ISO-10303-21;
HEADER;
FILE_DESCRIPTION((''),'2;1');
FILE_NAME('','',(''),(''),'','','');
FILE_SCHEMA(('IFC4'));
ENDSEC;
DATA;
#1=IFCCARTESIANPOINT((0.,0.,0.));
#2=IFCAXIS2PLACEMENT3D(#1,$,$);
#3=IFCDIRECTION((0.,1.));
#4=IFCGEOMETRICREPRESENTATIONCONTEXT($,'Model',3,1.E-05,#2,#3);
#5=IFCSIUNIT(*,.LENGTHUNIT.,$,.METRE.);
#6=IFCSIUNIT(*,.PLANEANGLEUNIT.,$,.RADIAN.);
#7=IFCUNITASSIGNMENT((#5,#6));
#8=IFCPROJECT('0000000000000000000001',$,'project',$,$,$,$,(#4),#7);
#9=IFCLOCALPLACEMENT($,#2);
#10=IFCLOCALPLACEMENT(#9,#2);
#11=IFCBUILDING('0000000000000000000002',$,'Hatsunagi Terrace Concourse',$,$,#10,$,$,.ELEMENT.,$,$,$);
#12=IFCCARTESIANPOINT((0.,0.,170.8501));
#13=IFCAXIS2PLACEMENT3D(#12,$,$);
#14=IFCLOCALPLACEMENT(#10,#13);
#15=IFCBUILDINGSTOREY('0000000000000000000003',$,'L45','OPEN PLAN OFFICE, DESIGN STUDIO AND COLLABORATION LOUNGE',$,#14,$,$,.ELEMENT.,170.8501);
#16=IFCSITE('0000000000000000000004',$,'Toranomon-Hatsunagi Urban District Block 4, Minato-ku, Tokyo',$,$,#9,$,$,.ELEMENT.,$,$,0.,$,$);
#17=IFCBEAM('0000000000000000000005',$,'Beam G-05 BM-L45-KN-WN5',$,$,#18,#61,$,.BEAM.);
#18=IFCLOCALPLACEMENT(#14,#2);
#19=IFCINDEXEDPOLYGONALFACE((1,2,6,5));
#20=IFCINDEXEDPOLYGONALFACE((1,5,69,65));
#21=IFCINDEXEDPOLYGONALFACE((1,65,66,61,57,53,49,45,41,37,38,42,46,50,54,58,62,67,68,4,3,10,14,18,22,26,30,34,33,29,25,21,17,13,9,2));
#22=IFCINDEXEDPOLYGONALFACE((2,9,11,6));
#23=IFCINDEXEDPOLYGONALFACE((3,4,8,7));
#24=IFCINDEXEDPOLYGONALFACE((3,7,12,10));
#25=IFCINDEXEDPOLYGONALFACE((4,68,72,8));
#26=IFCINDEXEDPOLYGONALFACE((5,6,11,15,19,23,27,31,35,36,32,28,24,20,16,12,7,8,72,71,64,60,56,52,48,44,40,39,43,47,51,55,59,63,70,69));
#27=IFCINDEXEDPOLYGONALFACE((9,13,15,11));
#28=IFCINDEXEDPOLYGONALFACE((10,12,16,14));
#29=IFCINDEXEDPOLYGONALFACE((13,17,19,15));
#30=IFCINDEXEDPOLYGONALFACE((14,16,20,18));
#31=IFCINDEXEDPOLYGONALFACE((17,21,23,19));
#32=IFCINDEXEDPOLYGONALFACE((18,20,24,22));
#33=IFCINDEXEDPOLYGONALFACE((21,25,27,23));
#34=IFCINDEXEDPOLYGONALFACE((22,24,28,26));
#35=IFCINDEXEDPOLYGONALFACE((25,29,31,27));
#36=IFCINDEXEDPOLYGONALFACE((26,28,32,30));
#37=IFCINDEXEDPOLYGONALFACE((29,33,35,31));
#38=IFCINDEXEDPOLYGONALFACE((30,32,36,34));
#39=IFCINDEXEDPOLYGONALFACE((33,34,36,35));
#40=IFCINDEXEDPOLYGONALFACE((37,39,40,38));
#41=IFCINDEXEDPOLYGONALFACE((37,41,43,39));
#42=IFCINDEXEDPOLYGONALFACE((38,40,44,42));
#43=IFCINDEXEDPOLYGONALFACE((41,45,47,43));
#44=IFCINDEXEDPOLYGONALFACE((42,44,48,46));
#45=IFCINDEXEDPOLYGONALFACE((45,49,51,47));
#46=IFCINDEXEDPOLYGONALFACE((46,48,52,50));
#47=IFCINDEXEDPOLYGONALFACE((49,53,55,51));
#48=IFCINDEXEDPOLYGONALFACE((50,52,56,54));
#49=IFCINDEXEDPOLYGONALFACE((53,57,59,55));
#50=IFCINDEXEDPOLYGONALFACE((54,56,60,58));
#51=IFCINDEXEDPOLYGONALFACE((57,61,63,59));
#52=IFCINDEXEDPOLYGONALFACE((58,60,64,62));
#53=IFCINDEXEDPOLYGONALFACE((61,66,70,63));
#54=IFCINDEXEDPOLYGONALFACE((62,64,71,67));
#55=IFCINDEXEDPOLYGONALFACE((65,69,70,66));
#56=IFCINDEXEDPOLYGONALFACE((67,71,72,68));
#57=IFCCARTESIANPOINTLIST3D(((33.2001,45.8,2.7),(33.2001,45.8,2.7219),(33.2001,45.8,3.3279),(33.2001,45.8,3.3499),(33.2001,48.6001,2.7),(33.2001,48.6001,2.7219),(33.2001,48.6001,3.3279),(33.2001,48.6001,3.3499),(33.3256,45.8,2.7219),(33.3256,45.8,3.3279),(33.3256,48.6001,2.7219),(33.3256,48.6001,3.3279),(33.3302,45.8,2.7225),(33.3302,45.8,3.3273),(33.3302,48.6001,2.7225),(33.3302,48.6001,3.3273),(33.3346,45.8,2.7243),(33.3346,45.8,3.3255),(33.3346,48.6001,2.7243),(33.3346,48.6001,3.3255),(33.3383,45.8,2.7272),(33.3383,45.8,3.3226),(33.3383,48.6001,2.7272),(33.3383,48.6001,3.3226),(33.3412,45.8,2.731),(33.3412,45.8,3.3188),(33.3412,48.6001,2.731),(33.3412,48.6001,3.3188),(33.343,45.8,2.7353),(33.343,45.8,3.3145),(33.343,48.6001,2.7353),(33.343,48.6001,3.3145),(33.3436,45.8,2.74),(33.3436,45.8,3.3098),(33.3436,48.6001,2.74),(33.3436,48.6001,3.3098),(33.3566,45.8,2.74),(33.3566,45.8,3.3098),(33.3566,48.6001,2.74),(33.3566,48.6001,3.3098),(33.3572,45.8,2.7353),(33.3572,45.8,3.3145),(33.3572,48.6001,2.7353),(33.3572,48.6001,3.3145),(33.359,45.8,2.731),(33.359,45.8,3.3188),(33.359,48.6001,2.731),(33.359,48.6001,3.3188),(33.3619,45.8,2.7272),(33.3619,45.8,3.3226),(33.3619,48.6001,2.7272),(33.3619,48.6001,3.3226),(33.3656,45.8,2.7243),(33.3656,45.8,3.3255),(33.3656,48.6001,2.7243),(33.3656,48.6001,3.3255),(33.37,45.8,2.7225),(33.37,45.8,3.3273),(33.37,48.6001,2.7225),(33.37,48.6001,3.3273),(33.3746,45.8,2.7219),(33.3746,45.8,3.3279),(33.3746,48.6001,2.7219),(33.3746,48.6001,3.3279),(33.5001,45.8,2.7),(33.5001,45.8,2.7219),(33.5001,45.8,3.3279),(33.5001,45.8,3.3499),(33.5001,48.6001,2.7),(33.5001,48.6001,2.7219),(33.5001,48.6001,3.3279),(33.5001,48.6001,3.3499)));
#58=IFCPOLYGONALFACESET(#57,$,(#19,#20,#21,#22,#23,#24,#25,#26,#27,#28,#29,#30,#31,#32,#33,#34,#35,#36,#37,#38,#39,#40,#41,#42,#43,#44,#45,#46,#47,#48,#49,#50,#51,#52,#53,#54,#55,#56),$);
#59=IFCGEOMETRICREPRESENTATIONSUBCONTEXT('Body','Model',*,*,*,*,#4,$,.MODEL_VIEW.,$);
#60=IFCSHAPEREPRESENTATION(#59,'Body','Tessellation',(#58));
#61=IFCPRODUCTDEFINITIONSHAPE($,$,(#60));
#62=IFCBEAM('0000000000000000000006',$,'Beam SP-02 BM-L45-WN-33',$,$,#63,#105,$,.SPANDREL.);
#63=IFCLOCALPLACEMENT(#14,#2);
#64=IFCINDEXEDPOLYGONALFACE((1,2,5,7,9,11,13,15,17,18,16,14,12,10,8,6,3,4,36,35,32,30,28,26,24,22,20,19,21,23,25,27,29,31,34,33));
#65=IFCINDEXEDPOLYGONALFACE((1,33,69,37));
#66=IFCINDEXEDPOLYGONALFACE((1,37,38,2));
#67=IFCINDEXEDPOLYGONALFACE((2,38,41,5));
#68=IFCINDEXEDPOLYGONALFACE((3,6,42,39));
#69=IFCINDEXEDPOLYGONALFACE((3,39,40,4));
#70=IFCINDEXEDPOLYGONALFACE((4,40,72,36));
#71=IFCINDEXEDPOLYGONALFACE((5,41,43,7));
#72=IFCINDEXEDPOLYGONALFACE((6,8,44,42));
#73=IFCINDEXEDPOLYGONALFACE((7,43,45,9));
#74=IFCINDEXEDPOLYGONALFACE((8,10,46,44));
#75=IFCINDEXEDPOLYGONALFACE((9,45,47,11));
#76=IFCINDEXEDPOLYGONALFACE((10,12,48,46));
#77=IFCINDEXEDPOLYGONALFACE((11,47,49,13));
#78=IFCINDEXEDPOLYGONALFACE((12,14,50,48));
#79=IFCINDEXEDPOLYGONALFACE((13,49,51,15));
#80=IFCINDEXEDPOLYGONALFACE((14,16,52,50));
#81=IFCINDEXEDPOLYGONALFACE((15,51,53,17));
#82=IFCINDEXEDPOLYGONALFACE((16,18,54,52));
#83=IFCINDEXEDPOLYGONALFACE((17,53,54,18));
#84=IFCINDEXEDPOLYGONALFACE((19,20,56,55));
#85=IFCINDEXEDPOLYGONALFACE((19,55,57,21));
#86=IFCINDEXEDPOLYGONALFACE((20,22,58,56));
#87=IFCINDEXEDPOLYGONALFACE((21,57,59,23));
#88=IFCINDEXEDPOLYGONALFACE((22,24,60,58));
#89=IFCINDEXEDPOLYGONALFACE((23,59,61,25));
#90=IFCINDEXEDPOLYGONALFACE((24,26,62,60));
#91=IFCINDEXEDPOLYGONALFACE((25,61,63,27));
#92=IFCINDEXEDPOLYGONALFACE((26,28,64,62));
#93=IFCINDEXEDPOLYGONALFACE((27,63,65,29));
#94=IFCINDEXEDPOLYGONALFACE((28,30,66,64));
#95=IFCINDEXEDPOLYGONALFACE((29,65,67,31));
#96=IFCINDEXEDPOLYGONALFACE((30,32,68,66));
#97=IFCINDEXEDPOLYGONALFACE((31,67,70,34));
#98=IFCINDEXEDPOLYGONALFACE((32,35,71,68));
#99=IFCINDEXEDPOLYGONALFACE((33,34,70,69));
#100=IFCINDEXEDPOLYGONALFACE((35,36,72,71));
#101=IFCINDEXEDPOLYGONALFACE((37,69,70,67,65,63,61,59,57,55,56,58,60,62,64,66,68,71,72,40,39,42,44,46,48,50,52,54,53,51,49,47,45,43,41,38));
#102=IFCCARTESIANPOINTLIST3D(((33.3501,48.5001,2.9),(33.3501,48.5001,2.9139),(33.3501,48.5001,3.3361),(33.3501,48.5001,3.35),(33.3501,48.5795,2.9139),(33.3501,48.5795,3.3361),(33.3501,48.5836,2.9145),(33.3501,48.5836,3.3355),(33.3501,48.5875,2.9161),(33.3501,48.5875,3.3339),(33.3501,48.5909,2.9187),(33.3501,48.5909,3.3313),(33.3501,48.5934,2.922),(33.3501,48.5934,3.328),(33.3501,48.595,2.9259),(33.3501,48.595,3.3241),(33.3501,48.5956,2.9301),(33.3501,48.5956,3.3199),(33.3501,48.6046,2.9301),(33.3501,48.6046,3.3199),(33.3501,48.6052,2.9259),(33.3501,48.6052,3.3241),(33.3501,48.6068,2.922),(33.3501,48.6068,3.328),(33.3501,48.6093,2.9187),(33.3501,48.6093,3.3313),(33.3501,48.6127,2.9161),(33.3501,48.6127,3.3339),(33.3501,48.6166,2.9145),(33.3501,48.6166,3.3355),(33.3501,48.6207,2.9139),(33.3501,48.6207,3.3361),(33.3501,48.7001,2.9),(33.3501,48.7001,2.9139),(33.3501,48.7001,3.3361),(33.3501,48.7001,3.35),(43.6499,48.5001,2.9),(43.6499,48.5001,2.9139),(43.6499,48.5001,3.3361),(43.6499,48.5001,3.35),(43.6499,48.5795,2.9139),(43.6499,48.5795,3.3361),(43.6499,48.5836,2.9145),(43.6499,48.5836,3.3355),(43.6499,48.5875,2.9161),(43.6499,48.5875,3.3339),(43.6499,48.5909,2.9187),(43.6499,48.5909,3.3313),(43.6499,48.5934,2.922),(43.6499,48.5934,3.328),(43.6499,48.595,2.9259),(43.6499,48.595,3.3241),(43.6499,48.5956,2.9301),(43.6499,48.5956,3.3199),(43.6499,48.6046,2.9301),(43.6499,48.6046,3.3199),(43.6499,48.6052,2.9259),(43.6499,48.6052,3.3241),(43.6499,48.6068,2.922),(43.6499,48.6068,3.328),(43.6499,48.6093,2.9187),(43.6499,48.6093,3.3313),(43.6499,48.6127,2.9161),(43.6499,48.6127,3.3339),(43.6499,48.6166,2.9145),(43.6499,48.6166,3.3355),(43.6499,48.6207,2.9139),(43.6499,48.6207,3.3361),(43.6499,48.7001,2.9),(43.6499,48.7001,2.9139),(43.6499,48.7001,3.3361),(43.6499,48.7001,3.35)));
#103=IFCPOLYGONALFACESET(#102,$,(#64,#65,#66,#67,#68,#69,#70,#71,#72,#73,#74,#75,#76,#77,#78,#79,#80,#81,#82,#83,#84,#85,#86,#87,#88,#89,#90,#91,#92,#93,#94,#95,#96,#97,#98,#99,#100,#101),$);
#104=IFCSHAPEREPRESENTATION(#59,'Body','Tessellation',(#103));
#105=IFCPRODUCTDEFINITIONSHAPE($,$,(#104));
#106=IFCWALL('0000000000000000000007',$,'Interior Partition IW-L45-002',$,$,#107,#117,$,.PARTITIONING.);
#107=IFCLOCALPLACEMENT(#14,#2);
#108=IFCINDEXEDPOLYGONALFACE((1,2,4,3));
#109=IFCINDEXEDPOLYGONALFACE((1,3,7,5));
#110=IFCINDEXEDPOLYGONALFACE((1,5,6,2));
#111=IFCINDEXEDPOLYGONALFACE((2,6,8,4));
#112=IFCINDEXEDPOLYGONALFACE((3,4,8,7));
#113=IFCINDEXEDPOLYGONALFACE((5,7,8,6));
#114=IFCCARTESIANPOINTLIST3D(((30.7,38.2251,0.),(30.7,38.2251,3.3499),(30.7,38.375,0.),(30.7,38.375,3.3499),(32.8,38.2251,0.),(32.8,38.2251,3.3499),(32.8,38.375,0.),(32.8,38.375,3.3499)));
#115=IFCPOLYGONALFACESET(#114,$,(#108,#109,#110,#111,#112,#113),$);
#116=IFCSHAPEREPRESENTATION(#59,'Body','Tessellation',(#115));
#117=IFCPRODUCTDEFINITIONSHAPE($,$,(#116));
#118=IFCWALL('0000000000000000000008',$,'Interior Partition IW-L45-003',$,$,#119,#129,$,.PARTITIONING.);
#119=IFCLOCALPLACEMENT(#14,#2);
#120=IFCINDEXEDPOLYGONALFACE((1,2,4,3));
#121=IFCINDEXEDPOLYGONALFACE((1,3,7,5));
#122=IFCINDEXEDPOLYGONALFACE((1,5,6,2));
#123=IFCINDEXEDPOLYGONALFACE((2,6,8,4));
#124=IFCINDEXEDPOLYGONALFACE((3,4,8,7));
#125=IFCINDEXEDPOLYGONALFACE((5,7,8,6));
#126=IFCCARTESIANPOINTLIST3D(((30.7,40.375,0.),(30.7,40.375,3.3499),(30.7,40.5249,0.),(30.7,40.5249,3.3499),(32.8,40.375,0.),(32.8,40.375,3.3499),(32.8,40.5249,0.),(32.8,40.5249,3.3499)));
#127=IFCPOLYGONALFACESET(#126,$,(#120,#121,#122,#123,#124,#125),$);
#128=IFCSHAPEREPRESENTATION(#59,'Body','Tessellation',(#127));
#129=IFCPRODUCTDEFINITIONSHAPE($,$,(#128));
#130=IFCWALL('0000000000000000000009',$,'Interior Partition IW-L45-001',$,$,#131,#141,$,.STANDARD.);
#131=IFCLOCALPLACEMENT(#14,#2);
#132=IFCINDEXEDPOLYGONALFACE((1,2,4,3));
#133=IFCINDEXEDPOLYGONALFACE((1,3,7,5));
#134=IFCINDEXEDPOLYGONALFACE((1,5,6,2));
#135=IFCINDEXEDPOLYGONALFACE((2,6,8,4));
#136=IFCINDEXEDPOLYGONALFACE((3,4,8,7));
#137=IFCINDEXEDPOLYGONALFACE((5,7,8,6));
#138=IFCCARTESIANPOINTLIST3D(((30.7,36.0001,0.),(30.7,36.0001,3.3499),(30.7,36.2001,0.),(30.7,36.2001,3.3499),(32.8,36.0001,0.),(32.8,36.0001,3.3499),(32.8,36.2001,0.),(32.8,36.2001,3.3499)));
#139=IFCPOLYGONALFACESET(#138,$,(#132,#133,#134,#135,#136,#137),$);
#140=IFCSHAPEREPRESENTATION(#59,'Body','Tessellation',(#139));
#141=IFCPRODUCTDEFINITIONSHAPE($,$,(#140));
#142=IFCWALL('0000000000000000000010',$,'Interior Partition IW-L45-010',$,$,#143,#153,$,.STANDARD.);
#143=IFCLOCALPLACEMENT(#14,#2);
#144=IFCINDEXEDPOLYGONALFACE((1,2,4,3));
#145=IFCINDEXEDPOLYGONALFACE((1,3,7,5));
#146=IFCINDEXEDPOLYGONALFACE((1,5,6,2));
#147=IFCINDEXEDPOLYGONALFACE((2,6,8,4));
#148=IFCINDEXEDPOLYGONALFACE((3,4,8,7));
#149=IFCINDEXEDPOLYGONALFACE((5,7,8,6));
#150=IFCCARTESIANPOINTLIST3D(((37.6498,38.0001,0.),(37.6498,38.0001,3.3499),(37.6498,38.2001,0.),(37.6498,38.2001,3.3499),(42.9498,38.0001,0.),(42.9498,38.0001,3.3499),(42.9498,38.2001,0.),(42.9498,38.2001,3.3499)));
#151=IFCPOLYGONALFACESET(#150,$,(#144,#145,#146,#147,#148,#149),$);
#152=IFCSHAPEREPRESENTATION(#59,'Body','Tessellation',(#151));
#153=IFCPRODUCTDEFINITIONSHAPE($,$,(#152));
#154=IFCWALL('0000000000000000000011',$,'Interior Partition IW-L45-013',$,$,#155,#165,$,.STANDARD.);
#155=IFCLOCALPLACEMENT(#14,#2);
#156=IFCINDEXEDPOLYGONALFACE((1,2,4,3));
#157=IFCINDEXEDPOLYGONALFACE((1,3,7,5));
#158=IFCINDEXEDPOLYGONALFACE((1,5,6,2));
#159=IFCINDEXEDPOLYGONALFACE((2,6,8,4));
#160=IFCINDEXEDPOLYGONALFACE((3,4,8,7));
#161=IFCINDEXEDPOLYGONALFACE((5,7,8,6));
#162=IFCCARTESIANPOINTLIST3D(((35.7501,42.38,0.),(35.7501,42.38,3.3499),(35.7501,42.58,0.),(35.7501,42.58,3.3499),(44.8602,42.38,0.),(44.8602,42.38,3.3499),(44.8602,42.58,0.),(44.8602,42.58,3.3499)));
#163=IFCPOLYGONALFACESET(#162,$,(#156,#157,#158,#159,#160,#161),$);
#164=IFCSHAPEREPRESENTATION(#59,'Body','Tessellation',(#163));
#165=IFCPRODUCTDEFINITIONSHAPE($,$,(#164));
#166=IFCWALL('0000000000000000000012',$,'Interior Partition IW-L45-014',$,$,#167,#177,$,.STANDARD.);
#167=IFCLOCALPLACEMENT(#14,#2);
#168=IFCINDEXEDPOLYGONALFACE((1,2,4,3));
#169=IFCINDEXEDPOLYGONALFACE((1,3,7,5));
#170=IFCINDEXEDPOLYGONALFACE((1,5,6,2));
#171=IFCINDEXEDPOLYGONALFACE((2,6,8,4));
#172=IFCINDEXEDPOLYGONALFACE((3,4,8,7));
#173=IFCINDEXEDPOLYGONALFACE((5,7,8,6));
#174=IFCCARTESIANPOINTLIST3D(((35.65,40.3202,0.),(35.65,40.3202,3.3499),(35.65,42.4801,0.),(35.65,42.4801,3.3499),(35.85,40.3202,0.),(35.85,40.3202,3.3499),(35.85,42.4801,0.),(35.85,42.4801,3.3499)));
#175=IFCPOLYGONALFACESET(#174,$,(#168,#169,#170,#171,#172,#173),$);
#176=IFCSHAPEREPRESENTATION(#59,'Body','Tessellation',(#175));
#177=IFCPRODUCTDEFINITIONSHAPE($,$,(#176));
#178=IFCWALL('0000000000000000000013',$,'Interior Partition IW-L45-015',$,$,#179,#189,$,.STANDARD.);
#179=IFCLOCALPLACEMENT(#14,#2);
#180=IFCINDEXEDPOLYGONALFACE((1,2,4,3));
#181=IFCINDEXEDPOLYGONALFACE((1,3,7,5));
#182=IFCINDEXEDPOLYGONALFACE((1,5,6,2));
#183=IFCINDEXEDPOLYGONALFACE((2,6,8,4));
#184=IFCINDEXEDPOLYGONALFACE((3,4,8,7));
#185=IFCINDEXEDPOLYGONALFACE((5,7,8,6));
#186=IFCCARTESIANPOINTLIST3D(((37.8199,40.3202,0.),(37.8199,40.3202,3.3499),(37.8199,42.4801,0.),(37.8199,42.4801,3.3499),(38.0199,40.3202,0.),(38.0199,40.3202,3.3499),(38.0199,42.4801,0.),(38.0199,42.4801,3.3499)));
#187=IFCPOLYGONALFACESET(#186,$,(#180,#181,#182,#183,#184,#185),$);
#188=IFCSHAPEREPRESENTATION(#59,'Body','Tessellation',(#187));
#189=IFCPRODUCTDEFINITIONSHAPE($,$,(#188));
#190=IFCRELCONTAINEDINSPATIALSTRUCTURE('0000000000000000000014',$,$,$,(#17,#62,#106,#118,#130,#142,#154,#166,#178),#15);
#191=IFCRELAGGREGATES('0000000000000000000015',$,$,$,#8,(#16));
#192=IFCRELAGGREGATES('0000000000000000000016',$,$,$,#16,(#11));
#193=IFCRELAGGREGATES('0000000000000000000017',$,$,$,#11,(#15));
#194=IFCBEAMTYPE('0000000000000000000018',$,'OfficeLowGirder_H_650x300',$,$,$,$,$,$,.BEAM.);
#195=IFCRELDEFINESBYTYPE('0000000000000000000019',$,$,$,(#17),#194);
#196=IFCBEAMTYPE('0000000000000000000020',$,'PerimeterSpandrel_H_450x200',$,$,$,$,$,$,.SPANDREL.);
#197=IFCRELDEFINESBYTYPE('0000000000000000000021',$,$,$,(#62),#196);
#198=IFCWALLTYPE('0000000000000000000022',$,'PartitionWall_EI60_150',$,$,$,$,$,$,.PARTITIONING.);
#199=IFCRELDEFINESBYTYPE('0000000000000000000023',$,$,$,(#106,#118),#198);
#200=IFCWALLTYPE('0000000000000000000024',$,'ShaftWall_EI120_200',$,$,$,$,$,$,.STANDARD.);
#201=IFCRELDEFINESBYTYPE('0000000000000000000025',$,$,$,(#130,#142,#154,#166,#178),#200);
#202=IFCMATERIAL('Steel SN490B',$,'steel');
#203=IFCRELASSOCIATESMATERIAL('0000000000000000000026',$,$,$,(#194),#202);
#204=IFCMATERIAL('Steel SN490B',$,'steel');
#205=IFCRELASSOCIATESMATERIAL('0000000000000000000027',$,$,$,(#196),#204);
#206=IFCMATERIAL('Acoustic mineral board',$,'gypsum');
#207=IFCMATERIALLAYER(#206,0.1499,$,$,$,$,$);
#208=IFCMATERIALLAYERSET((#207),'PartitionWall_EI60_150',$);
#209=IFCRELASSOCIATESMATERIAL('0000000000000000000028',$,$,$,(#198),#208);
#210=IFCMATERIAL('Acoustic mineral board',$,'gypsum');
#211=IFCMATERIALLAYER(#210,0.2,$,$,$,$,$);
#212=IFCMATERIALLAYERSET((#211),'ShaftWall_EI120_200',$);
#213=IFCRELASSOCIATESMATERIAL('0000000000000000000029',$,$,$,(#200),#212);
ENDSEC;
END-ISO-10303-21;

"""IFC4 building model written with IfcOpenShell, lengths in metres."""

from ifc_helpers import new_model, si_unit, direction, frame, frame_2d, origin, origin_2d, place, context, subcontext, project, spatial, rectangle, i_section, extrude, material, layer, layer_set, material_profile, profile_set, type_object, element, save


model = new_model("IFC4")

# Units and contexts
model_context = context("Model", 3, precision=1e-05, world=origin(), true_north=direction((0.0, 1.0)))
body_context = subcontext(model_context, "Body", "Model", "MODEL_VIEW")
ifc_project = project(units=[si_unit("LENGTHUNIT", "METRE"), si_unit("PLANEANGLEUNIT", "RADIAN")], contexts=[model_context])

# Site, building, storey
site_placement = place(None, origin())
site = spatial("IfcSite", under=ifc_project, at=site_placement, Name="Toranomon-Hatsunagi Urban District Block 4, Minato-ku, Tokyo", CompositionType="ELEMENT", RefElevation=0.0)
building_placement = place(site_placement, origin())
building = spatial("IfcBuilding", under=site, at=building_placement, Name="Hatsunagi Terrace Concourse", CompositionType="ELEMENT")
storey_placement = place(building_placement, frame((0.0, 0.0, 170.8501)))
storey = spatial("IfcBuildingStorey", under=building, at=storey_placement, Name="L45", Description="OPEN PLAN OFFICE, DESIGN STUDIO AND COLLABORATION LOUNGE", CompositionType="ELEMENT", Elevation=170.8501)

# Beams
ifc_material_1 = material(Name="Steel SN490B", Category="steel")
ifc_material_profile_1 = material_profile(ifc_material_1, i_section(OverallWidth=0.3, OverallDepth=0.6499, WebThickness=0.0129, FlangeThickness=0.022, FilletRadius=0.0181, at=origin_2d()), Name="H-650x300x13x22")
ifc_profile_set_1 = profile_set([ifc_material_profile_1], Name="Steel SN490B")
beam_type_1 = type_object("IfcBeamType", Name="OfficeLowGirder_H_650x300", PredefinedType="BEAM", material=ifc_profile_set_1)
beam_1_placement = place(storey_placement, frame((33.3501, 45.8, 3.0249), z_axis=(0.0, 1.0, 0.0), x_axis=(-1.0, 0.0, 0.0)))
element("IfcBeam", 1, at=beam_1_placement, inside=storey, type_object=beam_type_1, Name="Beam G-05 BM-L45-KN-WN5", PredefinedType="BEAM", context=body_context, shape_type="SweptSolid", body=[
    extrude(i_section(OverallWidth=0.3, OverallDepth=0.6499, WebThickness=0.0129, FlangeThickness=0.022, FilletRadius=0.0181, at=origin_2d()), origin(), (0.0, 0.0, 1.0), 2.8),
])
ifc_material_2 = material(Name="Steel SN490B", Category="steel")
ifc_material_profile_2 = material_profile(ifc_material_2, i_section(OverallWidth=0.2, OverallDepth=0.45, WebThickness=0.009, FlangeThickness=0.0139, FilletRadius=0.0161, at=origin_2d()), Name="H-450x200x9x14")
ifc_profile_set_2 = profile_set([ifc_material_profile_2], Name="Steel SN490B")
beam_type_2 = type_object("IfcBeamType", Name="PerimeterSpandrel_H_450x200", PredefinedType="SPANDREL", material=ifc_profile_set_2)
beam_2_placement = place(storey_placement, frame((33.3501, 48.6001, 3.125), z_axis=(1.0, 0.0, 0.0), x_axis=(0.0, 1.0, 0.0)))
element("IfcBeam", 2, at=beam_2_placement, inside=storey, type_object=beam_type_2, Name="Beam SP-02 BM-L45-WN-33", PredefinedType="SPANDREL", context=body_context, shape_type="SweptSolid", body=[
    extrude(i_section(OverallWidth=0.2, OverallDepth=0.45, WebThickness=0.009, FlangeThickness=0.0139, FilletRadius=0.0161, at=origin_2d()), origin(), (0.0, 0.0, 1.0), 10.2998),
])

# Walls
ifc_material_3 = material(Name="Acoustic mineral board", Category="gypsum")
ifc_layer_1 = layer(ifc_material_3, 0.1499)
ifc_layer_set_1 = layer_set([ifc_layer_1], Name="PartitionWall_EI60_150")
wall_type_1 = type_object("IfcWallType", Name="PartitionWall_EI60_150", PredefinedType="PARTITIONING", material=ifc_layer_set_1)
for number, where, z_axis, x_axis, name in (
    (3, (30.7, 38.3, 0.0), (0.0, 0.0, 1.0), (1.0, 0.0, 0.0), "Interior Partition IW-L45-002"),
    (4, (30.7, 40.45, 0.0), (0.0, 0.0, 1.0), (1.0, 0.0, 0.0), "Interior Partition IW-L45-003"),
):
    element("IfcWall", number, at=place(storey_placement, frame(where, z_axis=z_axis, x_axis=x_axis)), inside=storey, type_object=wall_type_1, Name=name, PredefinedType="PARTITIONING", context=body_context, shape_type="SweptSolid", body=[
        extrude(rectangle(XDim=2.1001, YDim=0.1499, at=frame_2d((1.05, 0.0))), origin(), (0.0, 0.0, 1.0), 3.3499),
    ])
ifc_material_4 = material(Name="Acoustic mineral board", Category="gypsum")
ifc_layer_2 = layer(ifc_material_4, 0.2)
ifc_layer_set_2 = layer_set([ifc_layer_2], Name="ShaftWall_EI120_200")
wall_type_2 = type_object("IfcWallType", Name="ShaftWall_EI120_200", PredefinedType="STANDARD", material=ifc_layer_set_2)
wall_1_placement = place(storey_placement, frame((30.7, 36.1001, 0.0), z_axis=(0.0, 0.0, 1.0), x_axis=(1.0, 0.0, 0.0)))
element("IfcWall", 5, at=wall_1_placement, inside=storey, type_object=wall_type_2, Name="Interior Partition IW-L45-001", PredefinedType="STANDARD", context=body_context, shape_type="SweptSolid", body=[
    extrude(rectangle(XDim=2.1001, YDim=0.2, at=frame_2d((1.05, 0.0))), origin(), (0.0, 0.0, 1.0), 3.3499),
])
wall_2_placement = place(storey_placement, frame((37.6499, 38.1001, 0.0), z_axis=(0.0, 0.0, 1.0), x_axis=(1.0, 0.0, 0.0)))
element("IfcWall", 6, at=wall_2_placement, inside=storey, type_object=wall_type_2, Name="Interior Partition IW-L45-010", PredefinedType="STANDARD", context=body_context, shape_type="SweptSolid", body=[
    extrude(rectangle(XDim=5.3, YDim=0.2, at=frame_2d((2.6499, 0.0))), origin(), (0.0, 0.0, 1.0), 3.3499),
])
wall_3_placement = place(storey_placement, frame((35.75, 42.48, 0.0), z_axis=(0.0, 0.0, 1.0), x_axis=(1.0, 0.0, 0.0)))
element("IfcWall", 7, at=wall_3_placement, inside=storey, type_object=wall_type_2, Name="Interior Partition IW-L45-013", PredefinedType="STANDARD", context=body_context, shape_type="SweptSolid", body=[
    extrude(rectangle(XDim=9.1101, YDim=0.2, at=frame_2d((4.5552, 0.0))), origin(), (0.0, 0.0, 1.0), 3.3499),
])
for number, where, z_axis, x_axis, name in (
    (8, (35.75, 40.3201, 0.0), (0.0, 0.0, 1.0), (0.0, 1.0, 0.0), "Interior Partition IW-L45-014"),
    (9, (37.9199, 40.3201, 0.0), (0.0, 0.0, 1.0), (0.0, 1.0, 0.0), "Interior Partition IW-L45-015"),
):
    element("IfcWall", number, at=place(storey_placement, frame(where, z_axis=z_axis, x_axis=x_axis)), inside=storey, type_object=wall_type_2, Name=name, PredefinedType="STANDARD", context=body_context, shape_type="SweptSolid", body=[
        extrude(rectangle(XDim=2.1599, YDim=0.2, at=frame_2d((1.0801, 0.0))), origin(), (0.0, 0.0, 1.0), 3.3499),
    ])

save(model, "model.ifc")
